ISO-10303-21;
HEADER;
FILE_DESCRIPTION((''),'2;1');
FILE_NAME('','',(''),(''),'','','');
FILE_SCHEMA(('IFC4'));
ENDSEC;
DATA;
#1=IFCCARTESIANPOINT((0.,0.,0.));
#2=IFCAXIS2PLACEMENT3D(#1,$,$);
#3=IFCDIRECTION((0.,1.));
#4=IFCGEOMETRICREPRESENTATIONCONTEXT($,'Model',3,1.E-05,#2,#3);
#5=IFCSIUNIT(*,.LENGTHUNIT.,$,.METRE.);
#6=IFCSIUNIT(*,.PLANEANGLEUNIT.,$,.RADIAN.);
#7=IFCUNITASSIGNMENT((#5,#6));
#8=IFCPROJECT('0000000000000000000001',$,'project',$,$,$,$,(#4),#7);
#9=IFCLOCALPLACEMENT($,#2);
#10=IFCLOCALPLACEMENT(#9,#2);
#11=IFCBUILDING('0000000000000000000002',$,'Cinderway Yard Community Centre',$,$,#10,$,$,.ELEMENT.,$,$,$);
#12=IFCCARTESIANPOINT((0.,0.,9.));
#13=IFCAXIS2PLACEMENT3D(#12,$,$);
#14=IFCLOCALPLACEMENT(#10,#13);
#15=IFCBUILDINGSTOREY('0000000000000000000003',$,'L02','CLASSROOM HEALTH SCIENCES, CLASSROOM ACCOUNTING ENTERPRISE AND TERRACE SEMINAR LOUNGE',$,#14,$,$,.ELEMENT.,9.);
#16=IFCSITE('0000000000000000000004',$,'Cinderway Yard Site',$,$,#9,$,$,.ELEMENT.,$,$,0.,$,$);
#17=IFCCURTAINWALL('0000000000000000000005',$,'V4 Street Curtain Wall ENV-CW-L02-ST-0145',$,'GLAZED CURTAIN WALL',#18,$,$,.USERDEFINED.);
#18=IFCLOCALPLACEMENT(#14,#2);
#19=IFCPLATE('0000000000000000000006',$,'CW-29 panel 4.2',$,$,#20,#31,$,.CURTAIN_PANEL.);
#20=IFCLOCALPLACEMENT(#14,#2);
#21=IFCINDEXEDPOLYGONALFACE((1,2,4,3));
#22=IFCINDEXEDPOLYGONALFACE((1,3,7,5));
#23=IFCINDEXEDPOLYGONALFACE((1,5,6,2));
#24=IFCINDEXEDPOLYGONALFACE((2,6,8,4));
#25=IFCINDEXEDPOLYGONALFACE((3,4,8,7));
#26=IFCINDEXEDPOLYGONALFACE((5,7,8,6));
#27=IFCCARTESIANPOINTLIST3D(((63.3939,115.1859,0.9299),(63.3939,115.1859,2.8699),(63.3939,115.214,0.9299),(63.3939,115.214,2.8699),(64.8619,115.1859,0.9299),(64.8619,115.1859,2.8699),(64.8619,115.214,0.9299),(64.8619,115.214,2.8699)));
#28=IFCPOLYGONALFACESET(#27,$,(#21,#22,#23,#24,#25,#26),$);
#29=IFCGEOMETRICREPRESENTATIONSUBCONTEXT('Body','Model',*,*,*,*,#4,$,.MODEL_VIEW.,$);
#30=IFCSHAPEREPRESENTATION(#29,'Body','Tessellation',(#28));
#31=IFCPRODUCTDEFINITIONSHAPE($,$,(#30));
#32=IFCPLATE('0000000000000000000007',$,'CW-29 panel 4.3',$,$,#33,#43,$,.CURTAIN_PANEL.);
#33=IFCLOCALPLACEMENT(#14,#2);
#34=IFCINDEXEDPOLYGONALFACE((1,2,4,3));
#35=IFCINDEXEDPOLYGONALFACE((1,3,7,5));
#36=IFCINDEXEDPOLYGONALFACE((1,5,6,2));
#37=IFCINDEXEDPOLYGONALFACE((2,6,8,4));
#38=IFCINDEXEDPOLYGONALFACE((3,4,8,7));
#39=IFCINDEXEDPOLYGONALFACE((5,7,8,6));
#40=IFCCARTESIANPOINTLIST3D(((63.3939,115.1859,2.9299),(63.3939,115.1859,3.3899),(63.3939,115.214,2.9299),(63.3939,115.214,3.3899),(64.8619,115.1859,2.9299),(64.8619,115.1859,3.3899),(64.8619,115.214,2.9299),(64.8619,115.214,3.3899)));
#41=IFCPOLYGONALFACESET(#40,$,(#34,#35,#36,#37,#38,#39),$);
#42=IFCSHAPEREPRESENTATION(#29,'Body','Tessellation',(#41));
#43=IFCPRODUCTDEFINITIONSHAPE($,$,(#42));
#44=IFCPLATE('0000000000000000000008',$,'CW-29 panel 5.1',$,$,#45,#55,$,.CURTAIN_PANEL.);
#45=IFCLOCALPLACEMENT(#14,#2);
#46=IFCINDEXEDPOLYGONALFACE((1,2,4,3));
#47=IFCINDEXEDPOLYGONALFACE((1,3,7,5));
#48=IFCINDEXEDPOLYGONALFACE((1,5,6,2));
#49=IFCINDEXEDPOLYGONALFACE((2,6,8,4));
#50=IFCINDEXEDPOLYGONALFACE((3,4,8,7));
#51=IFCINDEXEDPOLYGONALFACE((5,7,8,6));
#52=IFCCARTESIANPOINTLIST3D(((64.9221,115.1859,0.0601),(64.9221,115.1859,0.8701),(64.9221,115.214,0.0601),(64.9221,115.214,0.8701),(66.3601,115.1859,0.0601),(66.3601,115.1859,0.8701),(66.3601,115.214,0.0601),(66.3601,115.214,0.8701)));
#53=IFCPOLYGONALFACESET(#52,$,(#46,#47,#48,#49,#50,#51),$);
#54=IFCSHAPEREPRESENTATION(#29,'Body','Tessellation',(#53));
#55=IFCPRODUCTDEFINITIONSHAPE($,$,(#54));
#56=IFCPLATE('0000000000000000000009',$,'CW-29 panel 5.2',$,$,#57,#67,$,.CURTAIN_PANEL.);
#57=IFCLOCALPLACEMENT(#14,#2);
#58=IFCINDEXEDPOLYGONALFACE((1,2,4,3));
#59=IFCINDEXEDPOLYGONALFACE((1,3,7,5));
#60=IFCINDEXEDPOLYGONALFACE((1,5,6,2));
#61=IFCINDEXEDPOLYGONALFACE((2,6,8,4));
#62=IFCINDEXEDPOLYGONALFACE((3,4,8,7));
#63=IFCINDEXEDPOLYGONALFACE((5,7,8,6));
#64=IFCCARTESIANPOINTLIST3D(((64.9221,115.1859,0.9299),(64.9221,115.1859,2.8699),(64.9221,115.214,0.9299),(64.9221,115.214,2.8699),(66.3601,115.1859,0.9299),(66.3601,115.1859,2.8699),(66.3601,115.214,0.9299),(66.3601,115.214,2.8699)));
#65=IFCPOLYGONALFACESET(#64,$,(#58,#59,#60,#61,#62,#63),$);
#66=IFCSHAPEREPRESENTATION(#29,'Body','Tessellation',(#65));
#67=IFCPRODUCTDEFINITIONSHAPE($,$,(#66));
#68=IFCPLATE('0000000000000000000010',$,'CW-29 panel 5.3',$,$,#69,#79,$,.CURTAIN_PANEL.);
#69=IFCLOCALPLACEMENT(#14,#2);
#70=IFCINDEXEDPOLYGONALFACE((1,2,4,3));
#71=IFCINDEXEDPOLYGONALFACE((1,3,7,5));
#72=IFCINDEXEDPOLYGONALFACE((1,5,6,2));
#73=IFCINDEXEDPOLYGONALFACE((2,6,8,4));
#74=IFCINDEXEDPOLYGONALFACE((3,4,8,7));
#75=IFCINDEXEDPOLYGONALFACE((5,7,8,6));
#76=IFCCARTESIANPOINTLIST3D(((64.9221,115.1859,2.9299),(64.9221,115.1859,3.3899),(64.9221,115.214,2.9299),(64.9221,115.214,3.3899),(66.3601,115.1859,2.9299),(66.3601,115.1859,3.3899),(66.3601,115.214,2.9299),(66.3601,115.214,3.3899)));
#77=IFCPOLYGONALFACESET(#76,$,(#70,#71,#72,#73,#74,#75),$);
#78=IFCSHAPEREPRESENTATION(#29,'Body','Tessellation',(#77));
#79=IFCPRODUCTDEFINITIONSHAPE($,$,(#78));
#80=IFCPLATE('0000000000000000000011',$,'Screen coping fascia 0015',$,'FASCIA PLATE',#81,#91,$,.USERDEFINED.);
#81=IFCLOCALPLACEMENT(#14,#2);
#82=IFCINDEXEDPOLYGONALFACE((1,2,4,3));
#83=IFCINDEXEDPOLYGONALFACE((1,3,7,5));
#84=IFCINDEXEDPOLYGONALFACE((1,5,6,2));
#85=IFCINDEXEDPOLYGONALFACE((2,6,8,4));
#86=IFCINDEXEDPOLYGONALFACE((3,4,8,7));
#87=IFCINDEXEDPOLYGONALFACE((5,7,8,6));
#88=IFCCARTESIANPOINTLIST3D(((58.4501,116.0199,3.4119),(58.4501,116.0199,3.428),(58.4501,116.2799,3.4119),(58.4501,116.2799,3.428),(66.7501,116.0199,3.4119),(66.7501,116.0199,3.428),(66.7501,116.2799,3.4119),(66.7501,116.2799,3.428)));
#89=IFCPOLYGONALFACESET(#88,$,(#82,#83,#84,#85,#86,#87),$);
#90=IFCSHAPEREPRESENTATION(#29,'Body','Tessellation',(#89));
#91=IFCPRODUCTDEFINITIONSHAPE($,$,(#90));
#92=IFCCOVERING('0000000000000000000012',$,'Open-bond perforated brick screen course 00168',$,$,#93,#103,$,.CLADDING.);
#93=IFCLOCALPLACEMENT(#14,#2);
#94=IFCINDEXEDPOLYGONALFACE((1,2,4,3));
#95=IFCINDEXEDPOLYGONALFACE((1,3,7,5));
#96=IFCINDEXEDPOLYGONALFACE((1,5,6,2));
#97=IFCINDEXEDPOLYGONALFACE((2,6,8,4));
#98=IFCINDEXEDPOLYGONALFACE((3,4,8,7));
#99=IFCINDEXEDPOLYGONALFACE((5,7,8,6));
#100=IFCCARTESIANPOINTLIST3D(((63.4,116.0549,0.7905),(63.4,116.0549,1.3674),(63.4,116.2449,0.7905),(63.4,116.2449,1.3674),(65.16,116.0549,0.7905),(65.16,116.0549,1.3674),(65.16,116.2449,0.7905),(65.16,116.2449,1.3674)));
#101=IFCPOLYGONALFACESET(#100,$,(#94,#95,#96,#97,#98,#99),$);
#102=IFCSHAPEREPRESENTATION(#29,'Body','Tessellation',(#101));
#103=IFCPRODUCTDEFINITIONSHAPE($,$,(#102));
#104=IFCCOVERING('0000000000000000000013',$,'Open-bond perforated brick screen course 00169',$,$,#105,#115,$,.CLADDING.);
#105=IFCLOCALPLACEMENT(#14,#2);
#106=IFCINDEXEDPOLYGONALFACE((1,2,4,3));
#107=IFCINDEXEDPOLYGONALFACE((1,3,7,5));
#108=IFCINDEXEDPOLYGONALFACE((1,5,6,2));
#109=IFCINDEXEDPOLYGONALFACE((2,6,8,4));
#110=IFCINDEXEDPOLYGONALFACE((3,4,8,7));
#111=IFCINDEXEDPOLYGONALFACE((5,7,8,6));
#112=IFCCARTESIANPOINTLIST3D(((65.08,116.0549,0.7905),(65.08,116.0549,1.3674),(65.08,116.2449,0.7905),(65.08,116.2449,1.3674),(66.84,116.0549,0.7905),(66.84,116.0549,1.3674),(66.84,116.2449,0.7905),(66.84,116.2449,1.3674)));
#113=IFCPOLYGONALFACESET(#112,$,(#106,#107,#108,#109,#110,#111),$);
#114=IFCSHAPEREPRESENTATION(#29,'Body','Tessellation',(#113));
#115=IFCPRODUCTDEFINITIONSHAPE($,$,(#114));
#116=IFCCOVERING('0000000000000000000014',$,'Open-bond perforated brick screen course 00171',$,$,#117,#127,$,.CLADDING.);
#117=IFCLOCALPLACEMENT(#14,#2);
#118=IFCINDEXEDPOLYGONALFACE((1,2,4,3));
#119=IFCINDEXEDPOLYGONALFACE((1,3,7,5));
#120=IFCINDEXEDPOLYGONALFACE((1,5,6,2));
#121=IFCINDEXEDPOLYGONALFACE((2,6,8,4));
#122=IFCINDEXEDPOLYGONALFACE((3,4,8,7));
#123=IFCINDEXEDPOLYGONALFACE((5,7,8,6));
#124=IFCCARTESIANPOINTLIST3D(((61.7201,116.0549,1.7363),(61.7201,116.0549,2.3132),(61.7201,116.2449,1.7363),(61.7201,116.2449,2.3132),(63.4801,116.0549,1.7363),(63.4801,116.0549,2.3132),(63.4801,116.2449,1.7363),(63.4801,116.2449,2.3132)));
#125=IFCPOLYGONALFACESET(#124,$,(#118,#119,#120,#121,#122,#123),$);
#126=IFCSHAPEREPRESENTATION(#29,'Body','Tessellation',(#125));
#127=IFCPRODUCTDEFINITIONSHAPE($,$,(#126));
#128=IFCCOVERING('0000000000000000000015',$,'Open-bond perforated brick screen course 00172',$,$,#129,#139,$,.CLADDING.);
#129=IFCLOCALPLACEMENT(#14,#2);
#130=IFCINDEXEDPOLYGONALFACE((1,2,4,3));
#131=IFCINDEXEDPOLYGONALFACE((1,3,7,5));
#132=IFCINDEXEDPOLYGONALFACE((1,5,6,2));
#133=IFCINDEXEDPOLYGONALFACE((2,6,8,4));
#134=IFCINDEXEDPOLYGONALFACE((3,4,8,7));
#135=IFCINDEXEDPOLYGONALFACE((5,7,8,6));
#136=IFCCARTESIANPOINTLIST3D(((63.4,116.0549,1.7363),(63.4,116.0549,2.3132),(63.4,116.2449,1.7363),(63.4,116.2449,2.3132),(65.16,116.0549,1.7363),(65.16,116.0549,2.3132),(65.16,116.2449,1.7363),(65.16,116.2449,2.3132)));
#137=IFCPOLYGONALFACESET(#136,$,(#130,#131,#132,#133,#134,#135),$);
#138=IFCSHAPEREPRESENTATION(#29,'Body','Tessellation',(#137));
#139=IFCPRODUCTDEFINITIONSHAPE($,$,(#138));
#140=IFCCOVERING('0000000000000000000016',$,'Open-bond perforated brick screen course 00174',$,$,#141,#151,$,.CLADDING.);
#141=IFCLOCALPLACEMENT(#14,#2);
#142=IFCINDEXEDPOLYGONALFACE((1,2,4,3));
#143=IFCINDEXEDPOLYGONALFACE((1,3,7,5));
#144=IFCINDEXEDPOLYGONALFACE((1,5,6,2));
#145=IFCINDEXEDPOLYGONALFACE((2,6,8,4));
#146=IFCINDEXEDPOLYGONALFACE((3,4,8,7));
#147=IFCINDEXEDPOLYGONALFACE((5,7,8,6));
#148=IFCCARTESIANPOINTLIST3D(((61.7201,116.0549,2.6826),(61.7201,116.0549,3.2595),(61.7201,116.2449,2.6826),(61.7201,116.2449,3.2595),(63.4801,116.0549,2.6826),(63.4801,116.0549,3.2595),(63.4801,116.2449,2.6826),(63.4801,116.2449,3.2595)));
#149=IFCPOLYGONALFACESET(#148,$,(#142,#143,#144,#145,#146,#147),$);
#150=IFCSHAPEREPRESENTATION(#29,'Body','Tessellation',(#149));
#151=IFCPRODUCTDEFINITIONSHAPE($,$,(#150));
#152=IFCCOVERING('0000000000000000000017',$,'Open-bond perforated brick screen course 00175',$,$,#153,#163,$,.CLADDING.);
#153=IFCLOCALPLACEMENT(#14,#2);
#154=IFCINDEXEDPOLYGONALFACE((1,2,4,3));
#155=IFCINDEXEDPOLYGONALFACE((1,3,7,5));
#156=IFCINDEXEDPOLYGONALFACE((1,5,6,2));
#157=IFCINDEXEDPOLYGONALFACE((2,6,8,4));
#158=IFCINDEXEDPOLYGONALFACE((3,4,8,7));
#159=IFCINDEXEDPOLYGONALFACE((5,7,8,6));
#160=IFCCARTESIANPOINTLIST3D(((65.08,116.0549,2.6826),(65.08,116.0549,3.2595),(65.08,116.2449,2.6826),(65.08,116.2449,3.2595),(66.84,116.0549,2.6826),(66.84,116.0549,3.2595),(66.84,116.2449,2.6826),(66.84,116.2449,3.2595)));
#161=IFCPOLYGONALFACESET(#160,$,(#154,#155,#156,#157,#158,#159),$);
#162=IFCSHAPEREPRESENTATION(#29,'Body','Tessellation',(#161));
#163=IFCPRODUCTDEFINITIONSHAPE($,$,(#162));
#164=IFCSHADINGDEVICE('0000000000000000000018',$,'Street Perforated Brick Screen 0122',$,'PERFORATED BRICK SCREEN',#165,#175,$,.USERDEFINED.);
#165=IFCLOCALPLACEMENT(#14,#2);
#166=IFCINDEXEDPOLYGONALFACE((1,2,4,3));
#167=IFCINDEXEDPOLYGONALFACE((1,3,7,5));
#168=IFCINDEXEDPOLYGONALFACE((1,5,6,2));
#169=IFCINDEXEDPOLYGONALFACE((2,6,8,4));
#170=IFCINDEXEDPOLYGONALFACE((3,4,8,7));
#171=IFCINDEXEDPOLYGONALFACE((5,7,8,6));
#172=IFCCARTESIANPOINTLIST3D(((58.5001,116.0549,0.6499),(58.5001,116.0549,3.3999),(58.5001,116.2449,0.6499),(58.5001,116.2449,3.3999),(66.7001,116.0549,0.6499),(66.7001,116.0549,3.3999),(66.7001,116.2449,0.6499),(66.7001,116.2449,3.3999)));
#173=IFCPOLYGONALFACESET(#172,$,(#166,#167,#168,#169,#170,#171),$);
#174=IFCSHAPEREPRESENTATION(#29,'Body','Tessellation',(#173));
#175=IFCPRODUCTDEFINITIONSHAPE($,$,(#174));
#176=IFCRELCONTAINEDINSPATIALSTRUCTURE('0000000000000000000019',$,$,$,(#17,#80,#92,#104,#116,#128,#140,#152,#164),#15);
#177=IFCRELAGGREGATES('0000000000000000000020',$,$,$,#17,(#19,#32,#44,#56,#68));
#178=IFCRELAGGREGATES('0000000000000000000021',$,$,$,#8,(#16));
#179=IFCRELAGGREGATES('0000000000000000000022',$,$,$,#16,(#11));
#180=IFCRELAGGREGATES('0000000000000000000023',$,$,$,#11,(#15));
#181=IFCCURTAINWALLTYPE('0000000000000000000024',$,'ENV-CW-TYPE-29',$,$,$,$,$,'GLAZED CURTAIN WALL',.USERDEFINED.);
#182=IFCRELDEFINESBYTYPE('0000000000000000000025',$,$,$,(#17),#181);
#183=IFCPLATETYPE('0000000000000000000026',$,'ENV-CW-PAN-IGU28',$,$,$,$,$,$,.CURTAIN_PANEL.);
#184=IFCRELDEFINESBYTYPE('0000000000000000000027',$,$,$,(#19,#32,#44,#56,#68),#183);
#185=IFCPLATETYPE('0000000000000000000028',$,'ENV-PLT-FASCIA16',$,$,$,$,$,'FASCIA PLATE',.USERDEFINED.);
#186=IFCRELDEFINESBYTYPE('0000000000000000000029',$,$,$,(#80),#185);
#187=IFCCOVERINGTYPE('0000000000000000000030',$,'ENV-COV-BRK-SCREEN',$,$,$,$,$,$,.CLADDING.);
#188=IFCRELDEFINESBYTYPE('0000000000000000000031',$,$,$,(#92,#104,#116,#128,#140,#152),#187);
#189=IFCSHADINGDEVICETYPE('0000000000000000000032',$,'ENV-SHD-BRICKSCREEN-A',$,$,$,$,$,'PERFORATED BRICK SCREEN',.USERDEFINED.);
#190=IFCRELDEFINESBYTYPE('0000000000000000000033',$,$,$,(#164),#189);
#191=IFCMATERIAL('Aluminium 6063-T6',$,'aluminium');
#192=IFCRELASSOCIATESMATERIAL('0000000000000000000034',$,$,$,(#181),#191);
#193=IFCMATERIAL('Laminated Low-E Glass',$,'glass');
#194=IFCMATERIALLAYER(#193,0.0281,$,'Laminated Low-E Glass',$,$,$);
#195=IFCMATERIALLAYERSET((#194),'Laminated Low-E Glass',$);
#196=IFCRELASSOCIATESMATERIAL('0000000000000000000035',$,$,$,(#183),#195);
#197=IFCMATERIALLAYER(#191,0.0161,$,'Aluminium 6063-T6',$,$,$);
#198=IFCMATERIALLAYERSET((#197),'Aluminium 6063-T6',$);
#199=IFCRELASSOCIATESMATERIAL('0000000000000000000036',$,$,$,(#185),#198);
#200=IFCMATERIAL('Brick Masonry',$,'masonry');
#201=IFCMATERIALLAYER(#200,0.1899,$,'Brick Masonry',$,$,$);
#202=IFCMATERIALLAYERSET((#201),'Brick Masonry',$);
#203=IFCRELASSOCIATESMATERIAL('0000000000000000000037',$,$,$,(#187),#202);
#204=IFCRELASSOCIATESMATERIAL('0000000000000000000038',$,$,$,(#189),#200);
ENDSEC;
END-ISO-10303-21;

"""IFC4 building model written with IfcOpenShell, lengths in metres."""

from ifc_helpers import new_model, si_unit, direction, frame, origin, origin_2d, place, context, subcontext, project, spatial, rectangle, extrude, material, layer, layer_set, type_object, element, aggregate, save


model = new_model("IFC4")

# Units and contexts
model_context = context("Model", 3, precision=1e-05, world=origin(), true_north=direction((0.0, 1.0)))
body_context = subcontext(model_context, "Body", "Model", "MODEL_VIEW")
ifc_project = project(units=[si_unit("LENGTHUNIT", "METRE"), si_unit("PLANEANGLEUNIT", "RADIAN")], contexts=[model_context])

# Site, building, storey
site_placement = place(None, origin())
site = spatial("IfcSite", under=ifc_project, at=site_placement, Name="Cinderway Yard Site", CompositionType="ELEMENT", RefElevation=0.0)
building_placement = place(site_placement, origin())
building = spatial("IfcBuilding", under=site, at=building_placement, Name="Cinderway Yard Community Centre", CompositionType="ELEMENT")
storey_placement = place(building_placement, frame((0.0, 0.0, 9.0)))
storey = spatial("IfcBuildingStorey", under=building, at=storey_placement, Name="L02", Description="CLASSROOM HEALTH SCIENCES, CLASSROOM ACCOUNTING ENTERPRISE AND TERRACE SEMINAR LOUNGE", CompositionType="ELEMENT", Elevation=9.0)

# Curtain wall
ifc_material_1 = material(Name="Aluminium 6063-T6", Category="aluminium")
curtain_wall_type = type_object("IfcCurtainWallType", Name="ENV-CW-TYPE-29", ElementType="GLAZED CURTAIN WALL", PredefinedType="USERDEFINED", material=ifc_material_1)
curtain_wall_placement = place(storey_placement, origin())
curtain_wall = element("IfcCurtainWall", 1, at=curtain_wall_placement, inside=storey, type_object=curtain_wall_type, Name="V4 Street Curtain Wall ENV-CW-L02-ST-0145", ObjectType="GLAZED CURTAIN WALL", PredefinedType="USERDEFINED")

# Plates
ifc_material_2 = material(Name="Laminated Low-E Glass", Category="glass")
ifc_layer_1 = layer(ifc_material_2, 0.0281, Name="Laminated Low-E Glass")
ifc_layer_set_1 = layer_set([ifc_layer_1], Name="Laminated Low-E Glass")
plate_type_1 = type_object("IfcPlateType", Name="ENV-CW-PAN-IGU28", PredefinedType="CURTAIN_PANEL", material=ifc_layer_set_1)
plate_1_placement = place(storey_placement, frame((64.1279, 115.2, 0.9299), z_axis=(0.0, 0.0, 1.0), x_axis=(1.0, 0.0, 0.0)))
plate_1 = element("IfcPlate", 2, at=plate_1_placement, type_object=plate_type_1, Name="CW-29 panel 4.2", PredefinedType="CURTAIN_PANEL", context=body_context, shape_type="SweptSolid", body=[
    extrude(rectangle(XDim=1.468, YDim=0.0281, at=origin_2d()), origin(), (0.0, 0.0, 1.0), 1.9399),
])
plate_2_placement = place(storey_placement, frame((64.1279, 115.2, 2.9299), z_axis=(0.0, 0.0, 1.0), x_axis=(1.0, 0.0, 0.0)))
plate_2 = element("IfcPlate", 3, at=plate_2_placement, type_object=plate_type_1, Name="CW-29 panel 4.3", PredefinedType="CURTAIN_PANEL", context=body_context, shape_type="SweptSolid", body=[
    extrude(rectangle(XDim=1.468, YDim=0.0281, at=origin_2d()), origin(), (0.0, 0.0, 1.0), 0.46),
])
plate_3_placement = place(storey_placement, frame((65.6411, 115.2, 0.0601), z_axis=(0.0, 0.0, 1.0), x_axis=(1.0, 0.0, 0.0)))
plate_3 = element("IfcPlate", 4, at=plate_3_placement, type_object=plate_type_1, Name="CW-29 panel 5.1", PredefinedType="CURTAIN_PANEL", context=body_context, shape_type="SweptSolid", body=[
    extrude(rectangle(XDim=1.438, YDim=0.0281, at=origin_2d()), origin(), (0.0, 0.0, 1.0), 0.8101),
])
plate_4_placement = place(storey_placement, frame((65.6411, 115.2, 0.9299), z_axis=(0.0, 0.0, 1.0), x_axis=(1.0, 0.0, 0.0)))
plate_4 = element("IfcPlate", 5, at=plate_4_placement, type_object=plate_type_1, Name="CW-29 panel 5.2", PredefinedType="CURTAIN_PANEL", context=body_context, shape_type="SweptSolid", body=[
    extrude(rectangle(XDim=1.438, YDim=0.0281, at=origin_2d()), origin(), (0.0, 0.0, 1.0), 1.9399),
])
plate_5_placement = place(storey_placement, frame((65.6411, 115.2, 2.9299), z_axis=(0.0, 0.0, 1.0), x_axis=(1.0, 0.0, 0.0)))
plate_5 = element("IfcPlate", 6, at=plate_5_placement, type_object=plate_type_1, Name="CW-29 panel 5.3", PredefinedType="CURTAIN_PANEL", context=body_context, shape_type="SweptSolid", body=[
    extrude(rectangle(XDim=1.438, YDim=0.0281, at=origin_2d()), origin(), (0.0, 0.0, 1.0), 0.46),
])
aggregate(curtain_wall, [plate_1, plate_2, plate_3, plate_4, plate_5])
ifc_layer_2 = layer(ifc_material_1, 0.0161, Name="Aluminium 6063-T6")
ifc_layer_set_2 = layer_set([ifc_layer_2], Name="Aluminium 6063-T6")
plate_type_2 = type_object("IfcPlateType", Name="ENV-PLT-FASCIA16", ElementType="FASCIA PLATE", PredefinedType="USERDEFINED", material=ifc_layer_set_2)
plate_6_placement = place(storey_placement, frame((62.6001, 116.1499, 3.4119), z_axis=(0.0, 0.0, 1.0), x_axis=(1.0, 0.0, 0.0)))
element("IfcPlate", 7, at=plate_6_placement, inside=storey, type_object=plate_type_2, Name="Screen coping fascia 0015", ObjectType="FASCIA PLATE", PredefinedType="USERDEFINED", context=body_context, shape_type="SweptSolid", body=[
    extrude(rectangle(XDim=8.3, YDim=0.26, at=origin_2d()), origin(), (0.0, 0.0, 1.0), 0.0161),
])

# Coverings
ifc_material_3 = material(Name="Brick Masonry", Category="masonry")
ifc_layer_3 = layer(ifc_material_3, 0.1899, Name="Brick Masonry")
ifc_layer_set_3 = layer_set([ifc_layer_3], Name="Brick Masonry")
covering_type = type_object("IfcCoveringType", Name="ENV-COV-BRK-SCREEN", PredefinedType="CLADDING", material=ifc_layer_set_3)
for number, where, z_axis, x_axis, name in (
    (8, (64.28, 116.1499, 0.7905), (0.0, 0.0, 1.0), (1.0, 0.0, 0.0), "Open-bond perforated brick screen course 00168"),
    (9, (65.96, 116.1499, 0.7905), (0.0, 0.0, 1.0), (1.0, 0.0, 0.0), "Open-bond perforated brick screen course 00169"),
    (10, (62.6001, 116.1499, 1.7363), (0.0, 0.0, 1.0), (1.0, 0.0, 0.0), "Open-bond perforated brick screen course 00171"),
    (11, (64.28, 116.1499, 1.7363), (0.0, 0.0, 1.0), (1.0, 0.0, 0.0), "Open-bond perforated brick screen course 00172"),
    (12, (62.6001, 116.1499, 2.6826), (0.0, 0.0, 1.0), (1.0, 0.0, 0.0), "Open-bond perforated brick screen course 00174"),
    (13, (65.96, 116.1499, 2.6826), (0.0, 0.0, 1.0), (1.0, 0.0, 0.0), "Open-bond perforated brick screen course 00175"),
):
    element("IfcCovering", number, at=place(storey_placement, frame(where, z_axis=z_axis, x_axis=x_axis)), inside=storey, type_object=covering_type, Name=name, PredefinedType="CLADDING", context=body_context, shape_type="SweptSolid", body=[
        extrude(rectangle(XDim=1.76, YDim=0.1899, at=origin_2d()), origin(), (0.0, 0.0, 1.0), 0.5769),
    ])

# Shading device
shading_device_type = type_object("IfcShadingDeviceType", Name="ENV-SHD-BRICKSCREEN-A", ElementType="PERFORATED BRICK SCREEN", PredefinedType="USERDEFINED", material=ifc_material_3)
shading_device_placement = place(storey_placement, frame((62.6001, 116.1499, 0.6499), z_axis=(0.0, 0.0, 1.0), x_axis=(1.0, 0.0, 0.0)))
element("IfcShadingDevice", 14, at=shading_device_placement, inside=storey, type_object=shading_device_type, Name="Street Perforated Brick Screen 0122", ObjectType="PERFORATED BRICK SCREEN", PredefinedType="USERDEFINED", context=body_context, shape_type="SweptSolid", body=[
    extrude(rectangle(XDim=8.2, YDim=0.1899, at=origin_2d()), origin(), (0.0, 0.0, 1.0), 2.75),
])

save(model, "model.ifc")
